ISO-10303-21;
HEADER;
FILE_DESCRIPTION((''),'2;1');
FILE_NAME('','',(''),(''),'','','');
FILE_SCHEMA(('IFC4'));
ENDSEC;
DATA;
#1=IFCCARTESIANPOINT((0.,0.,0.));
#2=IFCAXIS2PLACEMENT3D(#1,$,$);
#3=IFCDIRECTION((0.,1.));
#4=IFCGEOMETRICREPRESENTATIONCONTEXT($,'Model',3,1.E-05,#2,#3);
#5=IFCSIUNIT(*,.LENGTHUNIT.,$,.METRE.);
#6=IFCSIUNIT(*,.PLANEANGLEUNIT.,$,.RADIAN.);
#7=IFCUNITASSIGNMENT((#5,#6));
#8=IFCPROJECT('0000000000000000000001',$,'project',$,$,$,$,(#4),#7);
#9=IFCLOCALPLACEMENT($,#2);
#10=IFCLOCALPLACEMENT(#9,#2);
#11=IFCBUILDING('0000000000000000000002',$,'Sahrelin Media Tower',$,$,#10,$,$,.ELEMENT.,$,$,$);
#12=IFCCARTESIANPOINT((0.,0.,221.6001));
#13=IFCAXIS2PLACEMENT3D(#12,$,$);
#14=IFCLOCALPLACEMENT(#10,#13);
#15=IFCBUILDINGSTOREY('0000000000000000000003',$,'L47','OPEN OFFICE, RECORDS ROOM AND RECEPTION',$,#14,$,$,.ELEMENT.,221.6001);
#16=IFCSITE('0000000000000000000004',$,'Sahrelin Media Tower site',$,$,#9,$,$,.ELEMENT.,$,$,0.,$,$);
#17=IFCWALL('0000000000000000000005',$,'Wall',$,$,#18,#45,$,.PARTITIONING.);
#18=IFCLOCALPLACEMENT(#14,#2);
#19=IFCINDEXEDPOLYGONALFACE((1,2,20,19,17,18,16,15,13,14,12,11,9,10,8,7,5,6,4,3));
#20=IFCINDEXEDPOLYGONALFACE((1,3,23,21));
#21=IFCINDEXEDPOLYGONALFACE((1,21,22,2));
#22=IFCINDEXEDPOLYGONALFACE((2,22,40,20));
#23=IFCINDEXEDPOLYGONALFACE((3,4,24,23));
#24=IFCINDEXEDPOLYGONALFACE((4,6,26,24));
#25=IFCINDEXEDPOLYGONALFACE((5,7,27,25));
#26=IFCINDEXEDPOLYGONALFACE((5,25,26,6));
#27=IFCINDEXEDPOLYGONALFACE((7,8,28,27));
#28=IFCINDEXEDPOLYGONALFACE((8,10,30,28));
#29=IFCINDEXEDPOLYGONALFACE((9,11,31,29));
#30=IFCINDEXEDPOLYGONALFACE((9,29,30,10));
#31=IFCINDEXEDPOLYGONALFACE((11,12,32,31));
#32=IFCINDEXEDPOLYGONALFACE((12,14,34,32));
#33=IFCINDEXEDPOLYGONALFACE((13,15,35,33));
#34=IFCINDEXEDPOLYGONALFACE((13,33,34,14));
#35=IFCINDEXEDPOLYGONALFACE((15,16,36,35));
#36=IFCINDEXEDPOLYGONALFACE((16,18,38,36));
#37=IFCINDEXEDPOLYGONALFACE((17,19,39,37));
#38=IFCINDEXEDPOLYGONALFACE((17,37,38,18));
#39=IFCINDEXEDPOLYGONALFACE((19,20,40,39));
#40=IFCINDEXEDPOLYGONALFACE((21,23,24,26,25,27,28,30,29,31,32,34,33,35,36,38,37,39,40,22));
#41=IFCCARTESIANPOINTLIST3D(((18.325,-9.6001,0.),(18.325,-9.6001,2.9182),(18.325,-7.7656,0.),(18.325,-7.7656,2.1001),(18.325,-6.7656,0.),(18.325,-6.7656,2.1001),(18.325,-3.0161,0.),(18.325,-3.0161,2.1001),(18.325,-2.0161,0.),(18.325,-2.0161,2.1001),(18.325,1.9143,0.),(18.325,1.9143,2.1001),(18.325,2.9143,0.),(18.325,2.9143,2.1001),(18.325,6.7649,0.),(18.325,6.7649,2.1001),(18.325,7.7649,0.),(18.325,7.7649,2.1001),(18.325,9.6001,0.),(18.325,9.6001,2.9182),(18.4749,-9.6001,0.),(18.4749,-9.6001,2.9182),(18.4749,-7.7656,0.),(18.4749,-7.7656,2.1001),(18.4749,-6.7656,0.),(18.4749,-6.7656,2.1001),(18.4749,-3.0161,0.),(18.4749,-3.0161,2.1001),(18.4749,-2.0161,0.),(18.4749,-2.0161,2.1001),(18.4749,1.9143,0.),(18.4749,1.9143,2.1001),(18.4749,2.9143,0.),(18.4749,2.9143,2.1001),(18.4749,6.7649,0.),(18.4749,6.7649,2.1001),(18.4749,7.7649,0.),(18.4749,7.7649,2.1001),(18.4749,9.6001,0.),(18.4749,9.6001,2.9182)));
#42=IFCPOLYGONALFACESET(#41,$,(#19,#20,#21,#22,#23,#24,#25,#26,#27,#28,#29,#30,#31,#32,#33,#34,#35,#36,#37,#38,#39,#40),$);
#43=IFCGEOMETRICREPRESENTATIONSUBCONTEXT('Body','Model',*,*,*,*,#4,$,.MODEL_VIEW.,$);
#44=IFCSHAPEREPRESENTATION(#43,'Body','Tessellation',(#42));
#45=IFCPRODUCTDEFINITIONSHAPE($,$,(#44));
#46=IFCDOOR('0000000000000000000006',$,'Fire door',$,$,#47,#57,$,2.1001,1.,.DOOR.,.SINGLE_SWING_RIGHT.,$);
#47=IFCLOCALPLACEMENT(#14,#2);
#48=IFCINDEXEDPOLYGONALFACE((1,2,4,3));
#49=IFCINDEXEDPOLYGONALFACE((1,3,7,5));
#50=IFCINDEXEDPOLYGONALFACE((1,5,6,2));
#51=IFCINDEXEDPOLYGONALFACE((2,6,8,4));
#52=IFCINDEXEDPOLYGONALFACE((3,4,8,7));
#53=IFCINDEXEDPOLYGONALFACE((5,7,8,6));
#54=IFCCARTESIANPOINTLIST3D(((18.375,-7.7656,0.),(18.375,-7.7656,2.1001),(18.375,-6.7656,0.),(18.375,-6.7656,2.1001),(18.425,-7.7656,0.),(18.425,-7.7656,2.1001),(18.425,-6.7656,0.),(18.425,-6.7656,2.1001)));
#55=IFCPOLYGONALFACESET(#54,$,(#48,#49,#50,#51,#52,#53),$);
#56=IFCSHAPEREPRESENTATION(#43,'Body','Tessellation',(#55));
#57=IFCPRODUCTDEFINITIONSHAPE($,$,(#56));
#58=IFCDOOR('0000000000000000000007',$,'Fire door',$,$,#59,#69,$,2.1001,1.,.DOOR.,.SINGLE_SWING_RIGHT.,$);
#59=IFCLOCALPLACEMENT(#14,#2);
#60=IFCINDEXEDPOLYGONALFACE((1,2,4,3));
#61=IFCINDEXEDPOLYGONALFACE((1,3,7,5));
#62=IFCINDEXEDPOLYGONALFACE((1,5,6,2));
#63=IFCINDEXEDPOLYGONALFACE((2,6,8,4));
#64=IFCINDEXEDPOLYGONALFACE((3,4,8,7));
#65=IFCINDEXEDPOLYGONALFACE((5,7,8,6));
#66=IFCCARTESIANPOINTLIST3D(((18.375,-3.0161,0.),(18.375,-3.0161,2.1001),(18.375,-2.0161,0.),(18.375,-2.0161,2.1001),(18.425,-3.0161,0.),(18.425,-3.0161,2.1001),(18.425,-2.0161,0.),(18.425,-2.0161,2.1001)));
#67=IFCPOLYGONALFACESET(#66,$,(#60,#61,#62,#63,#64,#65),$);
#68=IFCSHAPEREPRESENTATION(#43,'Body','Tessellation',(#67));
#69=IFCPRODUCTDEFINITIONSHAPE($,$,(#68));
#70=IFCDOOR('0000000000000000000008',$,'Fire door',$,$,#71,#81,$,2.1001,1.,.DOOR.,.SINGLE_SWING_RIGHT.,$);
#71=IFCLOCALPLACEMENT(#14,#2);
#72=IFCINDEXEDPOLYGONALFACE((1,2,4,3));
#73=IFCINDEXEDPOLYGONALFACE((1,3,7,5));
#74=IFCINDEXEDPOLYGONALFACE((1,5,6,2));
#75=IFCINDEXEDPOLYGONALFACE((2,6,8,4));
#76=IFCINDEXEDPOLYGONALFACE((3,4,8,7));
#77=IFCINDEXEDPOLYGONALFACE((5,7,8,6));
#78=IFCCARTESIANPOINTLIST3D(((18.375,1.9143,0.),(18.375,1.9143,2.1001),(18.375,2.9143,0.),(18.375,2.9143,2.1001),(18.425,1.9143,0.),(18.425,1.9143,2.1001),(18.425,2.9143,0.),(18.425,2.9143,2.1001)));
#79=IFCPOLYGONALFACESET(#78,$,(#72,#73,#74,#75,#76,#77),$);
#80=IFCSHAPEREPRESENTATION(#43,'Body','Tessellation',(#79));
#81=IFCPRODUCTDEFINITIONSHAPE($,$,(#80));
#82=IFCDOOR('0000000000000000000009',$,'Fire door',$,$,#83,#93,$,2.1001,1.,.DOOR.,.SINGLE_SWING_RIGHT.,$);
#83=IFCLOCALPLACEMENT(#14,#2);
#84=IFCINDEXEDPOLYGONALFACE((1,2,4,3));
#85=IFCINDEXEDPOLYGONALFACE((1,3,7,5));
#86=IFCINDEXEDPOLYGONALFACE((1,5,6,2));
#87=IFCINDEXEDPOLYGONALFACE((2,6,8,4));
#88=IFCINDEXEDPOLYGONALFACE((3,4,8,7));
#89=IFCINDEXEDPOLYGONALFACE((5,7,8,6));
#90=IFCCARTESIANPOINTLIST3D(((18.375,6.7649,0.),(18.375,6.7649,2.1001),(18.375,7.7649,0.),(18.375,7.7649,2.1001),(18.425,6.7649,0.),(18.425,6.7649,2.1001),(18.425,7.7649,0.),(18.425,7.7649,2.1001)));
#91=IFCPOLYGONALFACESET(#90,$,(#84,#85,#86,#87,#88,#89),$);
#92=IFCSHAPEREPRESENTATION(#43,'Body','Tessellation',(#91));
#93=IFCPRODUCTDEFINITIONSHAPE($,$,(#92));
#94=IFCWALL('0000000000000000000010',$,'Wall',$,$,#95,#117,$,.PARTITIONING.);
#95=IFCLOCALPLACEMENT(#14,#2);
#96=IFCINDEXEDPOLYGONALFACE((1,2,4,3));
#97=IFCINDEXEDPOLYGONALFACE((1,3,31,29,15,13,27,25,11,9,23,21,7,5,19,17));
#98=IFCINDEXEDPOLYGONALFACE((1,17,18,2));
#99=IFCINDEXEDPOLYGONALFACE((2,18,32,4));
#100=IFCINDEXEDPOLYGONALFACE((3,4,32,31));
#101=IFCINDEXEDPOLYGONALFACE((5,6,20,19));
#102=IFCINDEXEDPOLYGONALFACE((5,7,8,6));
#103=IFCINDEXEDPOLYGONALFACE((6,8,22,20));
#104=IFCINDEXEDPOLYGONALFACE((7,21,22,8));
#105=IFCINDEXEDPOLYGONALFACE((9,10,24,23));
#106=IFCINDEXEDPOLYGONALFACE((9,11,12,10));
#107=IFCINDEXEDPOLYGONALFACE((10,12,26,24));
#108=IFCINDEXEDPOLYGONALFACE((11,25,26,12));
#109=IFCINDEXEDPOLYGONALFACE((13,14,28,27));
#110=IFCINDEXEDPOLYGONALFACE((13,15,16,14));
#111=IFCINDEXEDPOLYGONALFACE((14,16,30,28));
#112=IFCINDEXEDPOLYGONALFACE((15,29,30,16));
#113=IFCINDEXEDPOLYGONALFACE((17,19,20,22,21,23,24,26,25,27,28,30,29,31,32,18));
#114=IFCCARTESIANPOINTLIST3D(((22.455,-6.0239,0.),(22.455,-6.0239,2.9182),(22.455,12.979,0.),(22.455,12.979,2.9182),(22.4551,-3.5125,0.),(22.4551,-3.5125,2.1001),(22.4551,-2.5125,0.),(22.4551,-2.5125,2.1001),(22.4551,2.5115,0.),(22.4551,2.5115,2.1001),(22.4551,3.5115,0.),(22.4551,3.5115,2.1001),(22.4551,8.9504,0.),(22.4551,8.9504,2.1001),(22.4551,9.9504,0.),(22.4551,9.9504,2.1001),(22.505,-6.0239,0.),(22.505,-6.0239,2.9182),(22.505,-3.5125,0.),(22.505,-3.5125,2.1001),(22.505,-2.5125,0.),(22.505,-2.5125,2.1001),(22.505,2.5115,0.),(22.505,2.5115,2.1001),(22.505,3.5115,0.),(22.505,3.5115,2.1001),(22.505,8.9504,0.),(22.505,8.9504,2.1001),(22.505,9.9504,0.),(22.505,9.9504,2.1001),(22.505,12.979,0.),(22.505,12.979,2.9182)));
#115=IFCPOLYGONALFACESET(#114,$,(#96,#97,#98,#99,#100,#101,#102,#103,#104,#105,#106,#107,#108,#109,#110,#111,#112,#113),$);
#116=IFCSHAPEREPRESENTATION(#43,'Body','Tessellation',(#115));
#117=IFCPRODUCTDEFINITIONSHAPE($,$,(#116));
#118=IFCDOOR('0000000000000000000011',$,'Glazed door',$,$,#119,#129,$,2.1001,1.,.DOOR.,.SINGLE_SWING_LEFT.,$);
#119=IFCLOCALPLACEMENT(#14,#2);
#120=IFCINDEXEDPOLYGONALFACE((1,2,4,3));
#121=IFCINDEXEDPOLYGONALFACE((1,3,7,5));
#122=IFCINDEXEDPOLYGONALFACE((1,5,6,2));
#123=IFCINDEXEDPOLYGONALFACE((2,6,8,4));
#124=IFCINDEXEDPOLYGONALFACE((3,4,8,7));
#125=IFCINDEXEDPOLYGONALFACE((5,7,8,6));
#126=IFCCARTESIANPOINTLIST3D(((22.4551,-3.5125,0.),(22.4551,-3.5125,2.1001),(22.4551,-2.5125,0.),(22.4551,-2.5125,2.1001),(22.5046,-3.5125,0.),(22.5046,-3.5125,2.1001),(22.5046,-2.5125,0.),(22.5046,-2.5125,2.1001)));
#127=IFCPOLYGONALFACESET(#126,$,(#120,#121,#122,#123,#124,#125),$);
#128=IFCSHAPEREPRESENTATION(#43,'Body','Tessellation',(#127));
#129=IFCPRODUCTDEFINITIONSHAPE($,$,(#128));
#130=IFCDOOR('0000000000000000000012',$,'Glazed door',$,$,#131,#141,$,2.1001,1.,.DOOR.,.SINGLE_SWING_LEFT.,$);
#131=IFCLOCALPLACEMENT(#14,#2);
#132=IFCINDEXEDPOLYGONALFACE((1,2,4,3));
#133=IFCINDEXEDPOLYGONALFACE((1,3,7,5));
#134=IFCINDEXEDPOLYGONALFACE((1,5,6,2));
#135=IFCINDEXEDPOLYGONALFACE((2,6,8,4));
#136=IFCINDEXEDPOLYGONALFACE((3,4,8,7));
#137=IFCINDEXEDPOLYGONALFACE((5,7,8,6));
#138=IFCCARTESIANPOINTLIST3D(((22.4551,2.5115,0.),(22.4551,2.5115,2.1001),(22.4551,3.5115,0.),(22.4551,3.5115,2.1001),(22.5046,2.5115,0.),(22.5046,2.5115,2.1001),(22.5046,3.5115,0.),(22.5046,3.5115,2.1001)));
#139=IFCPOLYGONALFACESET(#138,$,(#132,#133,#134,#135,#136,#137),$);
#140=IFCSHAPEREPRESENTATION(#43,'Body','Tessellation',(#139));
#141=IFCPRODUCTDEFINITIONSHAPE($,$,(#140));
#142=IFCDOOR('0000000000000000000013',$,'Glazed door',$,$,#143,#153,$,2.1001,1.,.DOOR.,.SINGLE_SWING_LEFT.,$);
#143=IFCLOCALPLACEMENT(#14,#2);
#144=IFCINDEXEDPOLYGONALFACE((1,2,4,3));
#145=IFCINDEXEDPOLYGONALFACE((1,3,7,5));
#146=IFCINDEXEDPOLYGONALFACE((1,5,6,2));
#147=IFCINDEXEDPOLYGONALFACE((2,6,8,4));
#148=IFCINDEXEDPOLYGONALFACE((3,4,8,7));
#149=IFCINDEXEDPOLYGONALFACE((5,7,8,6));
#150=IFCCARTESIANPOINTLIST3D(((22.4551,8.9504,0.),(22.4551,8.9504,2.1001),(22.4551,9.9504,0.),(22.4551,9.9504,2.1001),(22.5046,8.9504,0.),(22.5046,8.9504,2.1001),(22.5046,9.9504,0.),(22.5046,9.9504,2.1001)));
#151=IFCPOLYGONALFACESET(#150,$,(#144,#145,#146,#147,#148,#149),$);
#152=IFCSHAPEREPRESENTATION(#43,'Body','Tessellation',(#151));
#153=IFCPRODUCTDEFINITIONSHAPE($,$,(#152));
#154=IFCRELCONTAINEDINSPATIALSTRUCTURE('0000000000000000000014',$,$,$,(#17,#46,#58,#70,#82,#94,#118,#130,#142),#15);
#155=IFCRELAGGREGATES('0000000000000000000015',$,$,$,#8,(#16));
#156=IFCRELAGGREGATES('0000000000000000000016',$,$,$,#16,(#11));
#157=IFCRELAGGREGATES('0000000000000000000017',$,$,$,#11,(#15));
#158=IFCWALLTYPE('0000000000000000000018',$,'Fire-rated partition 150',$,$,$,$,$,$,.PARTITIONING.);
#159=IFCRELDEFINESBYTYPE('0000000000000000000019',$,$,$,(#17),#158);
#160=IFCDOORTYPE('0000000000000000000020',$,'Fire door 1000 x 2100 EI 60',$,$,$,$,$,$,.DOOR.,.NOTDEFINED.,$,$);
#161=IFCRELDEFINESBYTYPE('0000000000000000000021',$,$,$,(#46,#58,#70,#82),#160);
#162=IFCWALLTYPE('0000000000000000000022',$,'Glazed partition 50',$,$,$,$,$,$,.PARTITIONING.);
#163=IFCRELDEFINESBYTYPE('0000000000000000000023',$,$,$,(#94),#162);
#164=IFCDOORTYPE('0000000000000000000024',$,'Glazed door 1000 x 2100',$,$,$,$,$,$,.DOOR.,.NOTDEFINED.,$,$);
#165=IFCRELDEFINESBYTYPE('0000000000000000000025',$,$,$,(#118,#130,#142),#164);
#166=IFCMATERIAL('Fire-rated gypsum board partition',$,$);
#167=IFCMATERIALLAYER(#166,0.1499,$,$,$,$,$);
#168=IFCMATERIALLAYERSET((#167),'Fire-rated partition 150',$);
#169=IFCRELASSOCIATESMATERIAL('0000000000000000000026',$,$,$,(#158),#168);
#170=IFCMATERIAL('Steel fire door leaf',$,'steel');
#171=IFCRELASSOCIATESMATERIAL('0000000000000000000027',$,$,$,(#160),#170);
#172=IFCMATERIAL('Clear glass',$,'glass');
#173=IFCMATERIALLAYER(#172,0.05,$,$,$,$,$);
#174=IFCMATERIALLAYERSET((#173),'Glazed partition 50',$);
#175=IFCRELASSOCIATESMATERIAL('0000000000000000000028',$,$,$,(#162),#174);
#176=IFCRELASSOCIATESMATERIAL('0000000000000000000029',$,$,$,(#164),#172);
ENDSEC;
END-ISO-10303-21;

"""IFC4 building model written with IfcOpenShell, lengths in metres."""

from ifc_helpers import new_model, si_unit, direction, frame, frame_2d, origin, place, context, subcontext, project, spatial, rectangle, extrude, material, layer, layer_set, type_object, element, fill, save


model = new_model("IFC4")

# Units and contexts
model_context = context("Model", 3, precision=1e-05, world=origin(), true_north=direction((0.0, 1.0)))
body_context = subcontext(model_context, "Body", "Model", "MODEL_VIEW")
ifc_project = project(units=[si_unit("LENGTHUNIT", "METRE"), si_unit("PLANEANGLEUNIT", "RADIAN")], contexts=[model_context])

# Site, building, storey
site_placement = place(None, origin())
site = spatial("IfcSite", under=ifc_project, at=site_placement, Name="Sahrelin Media Tower site", CompositionType="ELEMENT", RefElevation=0.0)
building_placement = place(site_placement, origin())
building = spatial("IfcBuilding", under=site, at=building_placement, Name="Sahrelin Media Tower", CompositionType="ELEMENT")
storey_placement = place(building_placement, frame((0.0, 0.0, 221.6001)))
storey = spatial("IfcBuildingStorey", under=building, at=storey_placement, Name="L47", Description="OPEN OFFICE, RECORDS ROOM AND RECEPTION", CompositionType="ELEMENT", Elevation=221.6001)

# Shared definitions
ifc_material_1 = material(Name="Fire-rated gypsum board partition")
ifc_layer_1 = layer(ifc_material_1, 0.1499)
ifc_layer_set_1 = layer_set([ifc_layer_1], Name="Fire-rated partition 150")
wall_type_1 = type_object("IfcWallType", Name="Fire-rated partition 150", PredefinedType="PARTITIONING", material=ifc_layer_set_1)

# Walls, openings, doors
wall_1_placement = place(storey_placement, frame((18.3999, -9.6001, 0.0), z_axis=(0.0, 0.0, 1.0), x_axis=(0.0, 1.0, 0.0)))
wall_1 = element("IfcWall", 1, at=wall_1_placement, inside=storey, type_object=wall_type_1, Name="Wall", PredefinedType="PARTITIONING", context=body_context, shape_type="SweptSolid", body=[
    extrude(rectangle(XDim=19.2002, YDim=0.1499, at=frame_2d((9.6001, 0.0))), origin(), (0.0, 0.0, 1.0), 2.9182),
])
opening_1_placement = place(wall_1_placement, frame((1.8345, 0.0, 0.0)))
opening_1 = element("IfcOpeningElement", 2, at=opening_1_placement, cuts=wall_1, PredefinedType="OPENING", context=body_context, shape_type="SweptSolid", body=[
    extrude(rectangle(XDim=1.0, YDim=2.1001, at=frame_2d((0.5, 1.05))), frame((0.0, 0.075, 0.0), z_axis=(0.0, -1.0, 0.0), x_axis=(1.0, 0.0, 0.0)), (0.0, 0.0, 1.0), 0.1499),
])
opening_2_placement = place(wall_1_placement, frame((6.584, 0.0, 0.0)))
opening_2 = element("IfcOpeningElement", 3, at=opening_2_placement, cuts=wall_1, PredefinedType="OPENING", context=body_context, shape_type="SweptSolid", body=[
    extrude(rectangle(XDim=1.0, YDim=2.1001, at=frame_2d((0.5, 1.05))), frame((0.0, 0.075, 0.0), z_axis=(0.0, -1.0, 0.0), x_axis=(1.0, 0.0, 0.0)), (0.0, 0.0, 1.0), 0.1499),
])
opening_3_placement = place(wall_1_placement, frame((11.5144, 0.0, 0.0)))
opening_3 = element("IfcOpeningElement", 4, at=opening_3_placement, cuts=wall_1, PredefinedType="OPENING", context=body_context, shape_type="SweptSolid", body=[
    extrude(rectangle(XDim=1.0, YDim=2.1001, at=frame_2d((0.5, 1.05))), frame((0.0, 0.075, 0.0), z_axis=(0.0, -1.0, 0.0), x_axis=(1.0, 0.0, 0.0)), (0.0, 0.0, 1.0), 0.1499),
])
opening_4_placement = place(wall_1_placement, frame((16.365, 0.0, 0.0)))
opening_4 = element("IfcOpeningElement", 5, at=opening_4_placement, cuts=wall_1, PredefinedType="OPENING", context=body_context, shape_type="SweptSolid", body=[
    extrude(rectangle(XDim=1.0, YDim=2.1001, at=frame_2d((0.5, 1.05))), frame((0.0, 0.075, 0.0), z_axis=(0.0, -1.0, 0.0), x_axis=(1.0, 0.0, 0.0)), (0.0, 0.0, 1.0), 0.1499),
])
ifc_material_2 = material(Name="Steel fire door leaf", Category="steel")
door_type_1 = type_object("IfcDoorType", Name="Fire door 1000 x 2100 EI 60", OperationType="NOTDEFINED", PredefinedType="DOOR", material=ifc_material_2)
door_1_placement = place(opening_1_placement, origin())
door_1 = element("IfcDoor", 6, at=door_1_placement, inside=storey, type_object=door_type_1, Name="Fire door", OperationType="SINGLE_SWING_RIGHT", OverallHeight=2.1001, OverallWidth=1.0, PredefinedType="DOOR", context=body_context, shape_type="SweptSolid", body=[
    extrude(rectangle(XDim=1.0, YDim=2.1001, at=frame_2d((0.5, 1.05))), frame((0.0, 0.0249, 0.0), z_axis=(0.0, -1.0, 0.0), x_axis=(1.0, 0.0, 0.0)), (0.0, 0.0, 1.0), 0.05),
])
fill(opening_1, door_1)
door_2_placement = place(opening_2_placement, origin())
door_2 = element("IfcDoor", 7, at=door_2_placement, inside=storey, type_object=door_type_1, Name="Fire door", OperationType="SINGLE_SWING_RIGHT", OverallHeight=2.1001, OverallWidth=1.0, PredefinedType="DOOR", context=body_context, shape_type="SweptSolid", body=[
    extrude(rectangle(XDim=1.0, YDim=2.1001, at=frame_2d((0.5, 1.05))), frame((0.0, 0.0249, 0.0), z_axis=(0.0, -1.0, 0.0), x_axis=(1.0, 0.0, 0.0)), (0.0, 0.0, 1.0), 0.05),
])
fill(opening_2, door_2)
door_3_placement = place(opening_3_placement, origin())
door_3 = element("IfcDoor", 8, at=door_3_placement, inside=storey, type_object=door_type_1, Name="Fire door", OperationType="SINGLE_SWING_RIGHT", OverallHeight=2.1001, OverallWidth=1.0, PredefinedType="DOOR", context=body_context, shape_type="SweptSolid", body=[
    extrude(rectangle(XDim=1.0, YDim=2.1001, at=frame_2d((0.5, 1.05))), frame((0.0, 0.0249, 0.0), z_axis=(0.0, -1.0, 0.0), x_axis=(1.0, 0.0, 0.0)), (0.0, 0.0, 1.0), 0.05),
])
fill(opening_3, door_3)
door_4_placement = place(opening_4_placement, origin())
door_4 = element("IfcDoor", 9, at=door_4_placement, inside=storey, type_object=door_type_1, Name="Fire door", OperationType="SINGLE_SWING_RIGHT", OverallHeight=2.1001, OverallWidth=1.0, PredefinedType="DOOR", context=body_context, shape_type="SweptSolid", body=[
    extrude(rectangle(XDim=1.0, YDim=2.1001, at=frame_2d((0.5, 1.05))), frame((0.0, 0.0249, 0.0), z_axis=(0.0, -1.0, 0.0), x_axis=(1.0, 0.0, 0.0)), (0.0, 0.0, 1.0), 0.05),
])
fill(opening_4, door_4)
ifc_material_3 = material(Name="Clear glass", Category="glass")
ifc_layer_2 = layer(ifc_material_3, 0.05)
ifc_layer_set_2 = layer_set([ifc_layer_2], Name="Glazed partition 50")
wall_type_2 = type_object("IfcWallType", Name="Glazed partition 50", PredefinedType="PARTITIONING", material=ifc_layer_set_2)
wall_2_placement = place(storey_placement, frame((22.48, -6.0239, 0.0), z_axis=(0.0, 0.0, 1.0), x_axis=(0.0, 1.0, 0.0)))
wall_2 = element("IfcWall", 10, at=wall_2_placement, inside=storey, type_object=wall_type_2, Name="Wall", PredefinedType="PARTITIONING", context=body_context, shape_type="SweptSolid", body=[
    extrude(rectangle(XDim=19.0029, YDim=0.05, at=frame_2d((9.5015, 0.0))), origin(), (0.0, 0.0, 1.0), 2.9182),
])
opening_5_placement = place(wall_2_placement, frame((2.5115, 0.0, 0.0)))
opening_5 = element("IfcOpeningElement", 11, at=opening_5_placement, cuts=wall_2, PredefinedType="OPENING", context=body_context, shape_type="SweptSolid", body=[
    extrude(rectangle(XDim=1.0, YDim=2.1001, at=frame_2d((0.5, 1.05))), frame((0.0, 0.0249, 0.0), z_axis=(0.0, -1.0, 0.0), x_axis=(1.0, 0.0, 0.0)), (0.0, 0.0, 1.0), 0.05),
])
opening_6_placement = place(wall_2_placement, frame((8.5354, 0.0, 0.0)))
opening_6 = element("IfcOpeningElement", 12, at=opening_6_placement, cuts=wall_2, PredefinedType="OPENING", context=body_context, shape_type="SweptSolid", body=[
    extrude(rectangle(XDim=1.0, YDim=2.1001, at=frame_2d((0.5, 1.05))), frame((0.0, 0.0249, 0.0), z_axis=(0.0, -1.0, 0.0), x_axis=(1.0, 0.0, 0.0)), (0.0, 0.0, 1.0), 0.05),
])
opening_7_placement = place(wall_2_placement, frame((14.9744, 0.0, 0.0)))
opening_7 = element("IfcOpeningElement", 13, at=opening_7_placement, cuts=wall_2, PredefinedType="OPENING", context=body_context, shape_type="SweptSolid", body=[
    extrude(rectangle(XDim=1.0, YDim=2.1001, at=frame_2d((0.5, 1.05))), frame((0.0, 0.0249, 0.0), z_axis=(0.0, -1.0, 0.0), x_axis=(1.0, 0.0, 0.0)), (0.0, 0.0, 1.0), 0.05),
])
door_type_2 = type_object("IfcDoorType", Name="Glazed door 1000 x 2100", OperationType="NOTDEFINED", PredefinedType="DOOR", material=ifc_material_3)
door_5_placement = place(opening_5_placement, origin())
door_5 = element("IfcDoor", 14, at=door_5_placement, inside=storey, type_object=door_type_2, Name="Glazed door", OperationType="SINGLE_SWING_LEFT", OverallHeight=2.1001, OverallWidth=1.0, PredefinedType="DOOR", context=body_context, shape_type="SweptSolid", body=[
    extrude(rectangle(XDim=1.0, YDim=2.1001, at=frame_2d((0.5, 1.05))), frame((0.0, 0.0249, 0.0), z_axis=(0.0, -1.0, 0.0), x_axis=(1.0, 0.0, 0.0)), (0.0, 0.0, 1.0), 0.0496),
])
fill(opening_5, door_5)
door_6_placement = place(opening_6_placement, origin())
door_6 = element("IfcDoor", 15, at=door_6_placement, inside=storey, type_object=door_type_2, Name="Glazed door", OperationType="SINGLE_SWING_LEFT", OverallHeight=2.1001, OverallWidth=1.0, PredefinedType="DOOR", context=body_context, shape_type="SweptSolid", body=[
    extrude(rectangle(XDim=1.0, YDim=2.1001, at=frame_2d((0.5, 1.05))), frame((0.0, 0.0249, 0.0), z_axis=(0.0, -1.0, 0.0), x_axis=(1.0, 0.0, 0.0)), (0.0, 0.0, 1.0), 0.0496),
])
fill(opening_6, door_6)
door_7_placement = place(opening_7_placement, origin())
door_7 = element("IfcDoor", 16, at=door_7_placement, inside=storey, type_object=door_type_2, Name="Glazed door", OperationType="SINGLE_SWING_LEFT", OverallHeight=2.1001, OverallWidth=1.0, PredefinedType="DOOR", context=body_context, shape_type="SweptSolid", body=[
    extrude(rectangle(XDim=1.0, YDim=2.1001, at=frame_2d((0.5, 1.05))), frame((0.0, 0.0249, 0.0), z_axis=(0.0, -1.0, 0.0), x_axis=(1.0, 0.0, 0.0)), (0.0, 0.0, 1.0), 0.0496),
])
fill(opening_7, door_7)

save(model, "model.ifc")
